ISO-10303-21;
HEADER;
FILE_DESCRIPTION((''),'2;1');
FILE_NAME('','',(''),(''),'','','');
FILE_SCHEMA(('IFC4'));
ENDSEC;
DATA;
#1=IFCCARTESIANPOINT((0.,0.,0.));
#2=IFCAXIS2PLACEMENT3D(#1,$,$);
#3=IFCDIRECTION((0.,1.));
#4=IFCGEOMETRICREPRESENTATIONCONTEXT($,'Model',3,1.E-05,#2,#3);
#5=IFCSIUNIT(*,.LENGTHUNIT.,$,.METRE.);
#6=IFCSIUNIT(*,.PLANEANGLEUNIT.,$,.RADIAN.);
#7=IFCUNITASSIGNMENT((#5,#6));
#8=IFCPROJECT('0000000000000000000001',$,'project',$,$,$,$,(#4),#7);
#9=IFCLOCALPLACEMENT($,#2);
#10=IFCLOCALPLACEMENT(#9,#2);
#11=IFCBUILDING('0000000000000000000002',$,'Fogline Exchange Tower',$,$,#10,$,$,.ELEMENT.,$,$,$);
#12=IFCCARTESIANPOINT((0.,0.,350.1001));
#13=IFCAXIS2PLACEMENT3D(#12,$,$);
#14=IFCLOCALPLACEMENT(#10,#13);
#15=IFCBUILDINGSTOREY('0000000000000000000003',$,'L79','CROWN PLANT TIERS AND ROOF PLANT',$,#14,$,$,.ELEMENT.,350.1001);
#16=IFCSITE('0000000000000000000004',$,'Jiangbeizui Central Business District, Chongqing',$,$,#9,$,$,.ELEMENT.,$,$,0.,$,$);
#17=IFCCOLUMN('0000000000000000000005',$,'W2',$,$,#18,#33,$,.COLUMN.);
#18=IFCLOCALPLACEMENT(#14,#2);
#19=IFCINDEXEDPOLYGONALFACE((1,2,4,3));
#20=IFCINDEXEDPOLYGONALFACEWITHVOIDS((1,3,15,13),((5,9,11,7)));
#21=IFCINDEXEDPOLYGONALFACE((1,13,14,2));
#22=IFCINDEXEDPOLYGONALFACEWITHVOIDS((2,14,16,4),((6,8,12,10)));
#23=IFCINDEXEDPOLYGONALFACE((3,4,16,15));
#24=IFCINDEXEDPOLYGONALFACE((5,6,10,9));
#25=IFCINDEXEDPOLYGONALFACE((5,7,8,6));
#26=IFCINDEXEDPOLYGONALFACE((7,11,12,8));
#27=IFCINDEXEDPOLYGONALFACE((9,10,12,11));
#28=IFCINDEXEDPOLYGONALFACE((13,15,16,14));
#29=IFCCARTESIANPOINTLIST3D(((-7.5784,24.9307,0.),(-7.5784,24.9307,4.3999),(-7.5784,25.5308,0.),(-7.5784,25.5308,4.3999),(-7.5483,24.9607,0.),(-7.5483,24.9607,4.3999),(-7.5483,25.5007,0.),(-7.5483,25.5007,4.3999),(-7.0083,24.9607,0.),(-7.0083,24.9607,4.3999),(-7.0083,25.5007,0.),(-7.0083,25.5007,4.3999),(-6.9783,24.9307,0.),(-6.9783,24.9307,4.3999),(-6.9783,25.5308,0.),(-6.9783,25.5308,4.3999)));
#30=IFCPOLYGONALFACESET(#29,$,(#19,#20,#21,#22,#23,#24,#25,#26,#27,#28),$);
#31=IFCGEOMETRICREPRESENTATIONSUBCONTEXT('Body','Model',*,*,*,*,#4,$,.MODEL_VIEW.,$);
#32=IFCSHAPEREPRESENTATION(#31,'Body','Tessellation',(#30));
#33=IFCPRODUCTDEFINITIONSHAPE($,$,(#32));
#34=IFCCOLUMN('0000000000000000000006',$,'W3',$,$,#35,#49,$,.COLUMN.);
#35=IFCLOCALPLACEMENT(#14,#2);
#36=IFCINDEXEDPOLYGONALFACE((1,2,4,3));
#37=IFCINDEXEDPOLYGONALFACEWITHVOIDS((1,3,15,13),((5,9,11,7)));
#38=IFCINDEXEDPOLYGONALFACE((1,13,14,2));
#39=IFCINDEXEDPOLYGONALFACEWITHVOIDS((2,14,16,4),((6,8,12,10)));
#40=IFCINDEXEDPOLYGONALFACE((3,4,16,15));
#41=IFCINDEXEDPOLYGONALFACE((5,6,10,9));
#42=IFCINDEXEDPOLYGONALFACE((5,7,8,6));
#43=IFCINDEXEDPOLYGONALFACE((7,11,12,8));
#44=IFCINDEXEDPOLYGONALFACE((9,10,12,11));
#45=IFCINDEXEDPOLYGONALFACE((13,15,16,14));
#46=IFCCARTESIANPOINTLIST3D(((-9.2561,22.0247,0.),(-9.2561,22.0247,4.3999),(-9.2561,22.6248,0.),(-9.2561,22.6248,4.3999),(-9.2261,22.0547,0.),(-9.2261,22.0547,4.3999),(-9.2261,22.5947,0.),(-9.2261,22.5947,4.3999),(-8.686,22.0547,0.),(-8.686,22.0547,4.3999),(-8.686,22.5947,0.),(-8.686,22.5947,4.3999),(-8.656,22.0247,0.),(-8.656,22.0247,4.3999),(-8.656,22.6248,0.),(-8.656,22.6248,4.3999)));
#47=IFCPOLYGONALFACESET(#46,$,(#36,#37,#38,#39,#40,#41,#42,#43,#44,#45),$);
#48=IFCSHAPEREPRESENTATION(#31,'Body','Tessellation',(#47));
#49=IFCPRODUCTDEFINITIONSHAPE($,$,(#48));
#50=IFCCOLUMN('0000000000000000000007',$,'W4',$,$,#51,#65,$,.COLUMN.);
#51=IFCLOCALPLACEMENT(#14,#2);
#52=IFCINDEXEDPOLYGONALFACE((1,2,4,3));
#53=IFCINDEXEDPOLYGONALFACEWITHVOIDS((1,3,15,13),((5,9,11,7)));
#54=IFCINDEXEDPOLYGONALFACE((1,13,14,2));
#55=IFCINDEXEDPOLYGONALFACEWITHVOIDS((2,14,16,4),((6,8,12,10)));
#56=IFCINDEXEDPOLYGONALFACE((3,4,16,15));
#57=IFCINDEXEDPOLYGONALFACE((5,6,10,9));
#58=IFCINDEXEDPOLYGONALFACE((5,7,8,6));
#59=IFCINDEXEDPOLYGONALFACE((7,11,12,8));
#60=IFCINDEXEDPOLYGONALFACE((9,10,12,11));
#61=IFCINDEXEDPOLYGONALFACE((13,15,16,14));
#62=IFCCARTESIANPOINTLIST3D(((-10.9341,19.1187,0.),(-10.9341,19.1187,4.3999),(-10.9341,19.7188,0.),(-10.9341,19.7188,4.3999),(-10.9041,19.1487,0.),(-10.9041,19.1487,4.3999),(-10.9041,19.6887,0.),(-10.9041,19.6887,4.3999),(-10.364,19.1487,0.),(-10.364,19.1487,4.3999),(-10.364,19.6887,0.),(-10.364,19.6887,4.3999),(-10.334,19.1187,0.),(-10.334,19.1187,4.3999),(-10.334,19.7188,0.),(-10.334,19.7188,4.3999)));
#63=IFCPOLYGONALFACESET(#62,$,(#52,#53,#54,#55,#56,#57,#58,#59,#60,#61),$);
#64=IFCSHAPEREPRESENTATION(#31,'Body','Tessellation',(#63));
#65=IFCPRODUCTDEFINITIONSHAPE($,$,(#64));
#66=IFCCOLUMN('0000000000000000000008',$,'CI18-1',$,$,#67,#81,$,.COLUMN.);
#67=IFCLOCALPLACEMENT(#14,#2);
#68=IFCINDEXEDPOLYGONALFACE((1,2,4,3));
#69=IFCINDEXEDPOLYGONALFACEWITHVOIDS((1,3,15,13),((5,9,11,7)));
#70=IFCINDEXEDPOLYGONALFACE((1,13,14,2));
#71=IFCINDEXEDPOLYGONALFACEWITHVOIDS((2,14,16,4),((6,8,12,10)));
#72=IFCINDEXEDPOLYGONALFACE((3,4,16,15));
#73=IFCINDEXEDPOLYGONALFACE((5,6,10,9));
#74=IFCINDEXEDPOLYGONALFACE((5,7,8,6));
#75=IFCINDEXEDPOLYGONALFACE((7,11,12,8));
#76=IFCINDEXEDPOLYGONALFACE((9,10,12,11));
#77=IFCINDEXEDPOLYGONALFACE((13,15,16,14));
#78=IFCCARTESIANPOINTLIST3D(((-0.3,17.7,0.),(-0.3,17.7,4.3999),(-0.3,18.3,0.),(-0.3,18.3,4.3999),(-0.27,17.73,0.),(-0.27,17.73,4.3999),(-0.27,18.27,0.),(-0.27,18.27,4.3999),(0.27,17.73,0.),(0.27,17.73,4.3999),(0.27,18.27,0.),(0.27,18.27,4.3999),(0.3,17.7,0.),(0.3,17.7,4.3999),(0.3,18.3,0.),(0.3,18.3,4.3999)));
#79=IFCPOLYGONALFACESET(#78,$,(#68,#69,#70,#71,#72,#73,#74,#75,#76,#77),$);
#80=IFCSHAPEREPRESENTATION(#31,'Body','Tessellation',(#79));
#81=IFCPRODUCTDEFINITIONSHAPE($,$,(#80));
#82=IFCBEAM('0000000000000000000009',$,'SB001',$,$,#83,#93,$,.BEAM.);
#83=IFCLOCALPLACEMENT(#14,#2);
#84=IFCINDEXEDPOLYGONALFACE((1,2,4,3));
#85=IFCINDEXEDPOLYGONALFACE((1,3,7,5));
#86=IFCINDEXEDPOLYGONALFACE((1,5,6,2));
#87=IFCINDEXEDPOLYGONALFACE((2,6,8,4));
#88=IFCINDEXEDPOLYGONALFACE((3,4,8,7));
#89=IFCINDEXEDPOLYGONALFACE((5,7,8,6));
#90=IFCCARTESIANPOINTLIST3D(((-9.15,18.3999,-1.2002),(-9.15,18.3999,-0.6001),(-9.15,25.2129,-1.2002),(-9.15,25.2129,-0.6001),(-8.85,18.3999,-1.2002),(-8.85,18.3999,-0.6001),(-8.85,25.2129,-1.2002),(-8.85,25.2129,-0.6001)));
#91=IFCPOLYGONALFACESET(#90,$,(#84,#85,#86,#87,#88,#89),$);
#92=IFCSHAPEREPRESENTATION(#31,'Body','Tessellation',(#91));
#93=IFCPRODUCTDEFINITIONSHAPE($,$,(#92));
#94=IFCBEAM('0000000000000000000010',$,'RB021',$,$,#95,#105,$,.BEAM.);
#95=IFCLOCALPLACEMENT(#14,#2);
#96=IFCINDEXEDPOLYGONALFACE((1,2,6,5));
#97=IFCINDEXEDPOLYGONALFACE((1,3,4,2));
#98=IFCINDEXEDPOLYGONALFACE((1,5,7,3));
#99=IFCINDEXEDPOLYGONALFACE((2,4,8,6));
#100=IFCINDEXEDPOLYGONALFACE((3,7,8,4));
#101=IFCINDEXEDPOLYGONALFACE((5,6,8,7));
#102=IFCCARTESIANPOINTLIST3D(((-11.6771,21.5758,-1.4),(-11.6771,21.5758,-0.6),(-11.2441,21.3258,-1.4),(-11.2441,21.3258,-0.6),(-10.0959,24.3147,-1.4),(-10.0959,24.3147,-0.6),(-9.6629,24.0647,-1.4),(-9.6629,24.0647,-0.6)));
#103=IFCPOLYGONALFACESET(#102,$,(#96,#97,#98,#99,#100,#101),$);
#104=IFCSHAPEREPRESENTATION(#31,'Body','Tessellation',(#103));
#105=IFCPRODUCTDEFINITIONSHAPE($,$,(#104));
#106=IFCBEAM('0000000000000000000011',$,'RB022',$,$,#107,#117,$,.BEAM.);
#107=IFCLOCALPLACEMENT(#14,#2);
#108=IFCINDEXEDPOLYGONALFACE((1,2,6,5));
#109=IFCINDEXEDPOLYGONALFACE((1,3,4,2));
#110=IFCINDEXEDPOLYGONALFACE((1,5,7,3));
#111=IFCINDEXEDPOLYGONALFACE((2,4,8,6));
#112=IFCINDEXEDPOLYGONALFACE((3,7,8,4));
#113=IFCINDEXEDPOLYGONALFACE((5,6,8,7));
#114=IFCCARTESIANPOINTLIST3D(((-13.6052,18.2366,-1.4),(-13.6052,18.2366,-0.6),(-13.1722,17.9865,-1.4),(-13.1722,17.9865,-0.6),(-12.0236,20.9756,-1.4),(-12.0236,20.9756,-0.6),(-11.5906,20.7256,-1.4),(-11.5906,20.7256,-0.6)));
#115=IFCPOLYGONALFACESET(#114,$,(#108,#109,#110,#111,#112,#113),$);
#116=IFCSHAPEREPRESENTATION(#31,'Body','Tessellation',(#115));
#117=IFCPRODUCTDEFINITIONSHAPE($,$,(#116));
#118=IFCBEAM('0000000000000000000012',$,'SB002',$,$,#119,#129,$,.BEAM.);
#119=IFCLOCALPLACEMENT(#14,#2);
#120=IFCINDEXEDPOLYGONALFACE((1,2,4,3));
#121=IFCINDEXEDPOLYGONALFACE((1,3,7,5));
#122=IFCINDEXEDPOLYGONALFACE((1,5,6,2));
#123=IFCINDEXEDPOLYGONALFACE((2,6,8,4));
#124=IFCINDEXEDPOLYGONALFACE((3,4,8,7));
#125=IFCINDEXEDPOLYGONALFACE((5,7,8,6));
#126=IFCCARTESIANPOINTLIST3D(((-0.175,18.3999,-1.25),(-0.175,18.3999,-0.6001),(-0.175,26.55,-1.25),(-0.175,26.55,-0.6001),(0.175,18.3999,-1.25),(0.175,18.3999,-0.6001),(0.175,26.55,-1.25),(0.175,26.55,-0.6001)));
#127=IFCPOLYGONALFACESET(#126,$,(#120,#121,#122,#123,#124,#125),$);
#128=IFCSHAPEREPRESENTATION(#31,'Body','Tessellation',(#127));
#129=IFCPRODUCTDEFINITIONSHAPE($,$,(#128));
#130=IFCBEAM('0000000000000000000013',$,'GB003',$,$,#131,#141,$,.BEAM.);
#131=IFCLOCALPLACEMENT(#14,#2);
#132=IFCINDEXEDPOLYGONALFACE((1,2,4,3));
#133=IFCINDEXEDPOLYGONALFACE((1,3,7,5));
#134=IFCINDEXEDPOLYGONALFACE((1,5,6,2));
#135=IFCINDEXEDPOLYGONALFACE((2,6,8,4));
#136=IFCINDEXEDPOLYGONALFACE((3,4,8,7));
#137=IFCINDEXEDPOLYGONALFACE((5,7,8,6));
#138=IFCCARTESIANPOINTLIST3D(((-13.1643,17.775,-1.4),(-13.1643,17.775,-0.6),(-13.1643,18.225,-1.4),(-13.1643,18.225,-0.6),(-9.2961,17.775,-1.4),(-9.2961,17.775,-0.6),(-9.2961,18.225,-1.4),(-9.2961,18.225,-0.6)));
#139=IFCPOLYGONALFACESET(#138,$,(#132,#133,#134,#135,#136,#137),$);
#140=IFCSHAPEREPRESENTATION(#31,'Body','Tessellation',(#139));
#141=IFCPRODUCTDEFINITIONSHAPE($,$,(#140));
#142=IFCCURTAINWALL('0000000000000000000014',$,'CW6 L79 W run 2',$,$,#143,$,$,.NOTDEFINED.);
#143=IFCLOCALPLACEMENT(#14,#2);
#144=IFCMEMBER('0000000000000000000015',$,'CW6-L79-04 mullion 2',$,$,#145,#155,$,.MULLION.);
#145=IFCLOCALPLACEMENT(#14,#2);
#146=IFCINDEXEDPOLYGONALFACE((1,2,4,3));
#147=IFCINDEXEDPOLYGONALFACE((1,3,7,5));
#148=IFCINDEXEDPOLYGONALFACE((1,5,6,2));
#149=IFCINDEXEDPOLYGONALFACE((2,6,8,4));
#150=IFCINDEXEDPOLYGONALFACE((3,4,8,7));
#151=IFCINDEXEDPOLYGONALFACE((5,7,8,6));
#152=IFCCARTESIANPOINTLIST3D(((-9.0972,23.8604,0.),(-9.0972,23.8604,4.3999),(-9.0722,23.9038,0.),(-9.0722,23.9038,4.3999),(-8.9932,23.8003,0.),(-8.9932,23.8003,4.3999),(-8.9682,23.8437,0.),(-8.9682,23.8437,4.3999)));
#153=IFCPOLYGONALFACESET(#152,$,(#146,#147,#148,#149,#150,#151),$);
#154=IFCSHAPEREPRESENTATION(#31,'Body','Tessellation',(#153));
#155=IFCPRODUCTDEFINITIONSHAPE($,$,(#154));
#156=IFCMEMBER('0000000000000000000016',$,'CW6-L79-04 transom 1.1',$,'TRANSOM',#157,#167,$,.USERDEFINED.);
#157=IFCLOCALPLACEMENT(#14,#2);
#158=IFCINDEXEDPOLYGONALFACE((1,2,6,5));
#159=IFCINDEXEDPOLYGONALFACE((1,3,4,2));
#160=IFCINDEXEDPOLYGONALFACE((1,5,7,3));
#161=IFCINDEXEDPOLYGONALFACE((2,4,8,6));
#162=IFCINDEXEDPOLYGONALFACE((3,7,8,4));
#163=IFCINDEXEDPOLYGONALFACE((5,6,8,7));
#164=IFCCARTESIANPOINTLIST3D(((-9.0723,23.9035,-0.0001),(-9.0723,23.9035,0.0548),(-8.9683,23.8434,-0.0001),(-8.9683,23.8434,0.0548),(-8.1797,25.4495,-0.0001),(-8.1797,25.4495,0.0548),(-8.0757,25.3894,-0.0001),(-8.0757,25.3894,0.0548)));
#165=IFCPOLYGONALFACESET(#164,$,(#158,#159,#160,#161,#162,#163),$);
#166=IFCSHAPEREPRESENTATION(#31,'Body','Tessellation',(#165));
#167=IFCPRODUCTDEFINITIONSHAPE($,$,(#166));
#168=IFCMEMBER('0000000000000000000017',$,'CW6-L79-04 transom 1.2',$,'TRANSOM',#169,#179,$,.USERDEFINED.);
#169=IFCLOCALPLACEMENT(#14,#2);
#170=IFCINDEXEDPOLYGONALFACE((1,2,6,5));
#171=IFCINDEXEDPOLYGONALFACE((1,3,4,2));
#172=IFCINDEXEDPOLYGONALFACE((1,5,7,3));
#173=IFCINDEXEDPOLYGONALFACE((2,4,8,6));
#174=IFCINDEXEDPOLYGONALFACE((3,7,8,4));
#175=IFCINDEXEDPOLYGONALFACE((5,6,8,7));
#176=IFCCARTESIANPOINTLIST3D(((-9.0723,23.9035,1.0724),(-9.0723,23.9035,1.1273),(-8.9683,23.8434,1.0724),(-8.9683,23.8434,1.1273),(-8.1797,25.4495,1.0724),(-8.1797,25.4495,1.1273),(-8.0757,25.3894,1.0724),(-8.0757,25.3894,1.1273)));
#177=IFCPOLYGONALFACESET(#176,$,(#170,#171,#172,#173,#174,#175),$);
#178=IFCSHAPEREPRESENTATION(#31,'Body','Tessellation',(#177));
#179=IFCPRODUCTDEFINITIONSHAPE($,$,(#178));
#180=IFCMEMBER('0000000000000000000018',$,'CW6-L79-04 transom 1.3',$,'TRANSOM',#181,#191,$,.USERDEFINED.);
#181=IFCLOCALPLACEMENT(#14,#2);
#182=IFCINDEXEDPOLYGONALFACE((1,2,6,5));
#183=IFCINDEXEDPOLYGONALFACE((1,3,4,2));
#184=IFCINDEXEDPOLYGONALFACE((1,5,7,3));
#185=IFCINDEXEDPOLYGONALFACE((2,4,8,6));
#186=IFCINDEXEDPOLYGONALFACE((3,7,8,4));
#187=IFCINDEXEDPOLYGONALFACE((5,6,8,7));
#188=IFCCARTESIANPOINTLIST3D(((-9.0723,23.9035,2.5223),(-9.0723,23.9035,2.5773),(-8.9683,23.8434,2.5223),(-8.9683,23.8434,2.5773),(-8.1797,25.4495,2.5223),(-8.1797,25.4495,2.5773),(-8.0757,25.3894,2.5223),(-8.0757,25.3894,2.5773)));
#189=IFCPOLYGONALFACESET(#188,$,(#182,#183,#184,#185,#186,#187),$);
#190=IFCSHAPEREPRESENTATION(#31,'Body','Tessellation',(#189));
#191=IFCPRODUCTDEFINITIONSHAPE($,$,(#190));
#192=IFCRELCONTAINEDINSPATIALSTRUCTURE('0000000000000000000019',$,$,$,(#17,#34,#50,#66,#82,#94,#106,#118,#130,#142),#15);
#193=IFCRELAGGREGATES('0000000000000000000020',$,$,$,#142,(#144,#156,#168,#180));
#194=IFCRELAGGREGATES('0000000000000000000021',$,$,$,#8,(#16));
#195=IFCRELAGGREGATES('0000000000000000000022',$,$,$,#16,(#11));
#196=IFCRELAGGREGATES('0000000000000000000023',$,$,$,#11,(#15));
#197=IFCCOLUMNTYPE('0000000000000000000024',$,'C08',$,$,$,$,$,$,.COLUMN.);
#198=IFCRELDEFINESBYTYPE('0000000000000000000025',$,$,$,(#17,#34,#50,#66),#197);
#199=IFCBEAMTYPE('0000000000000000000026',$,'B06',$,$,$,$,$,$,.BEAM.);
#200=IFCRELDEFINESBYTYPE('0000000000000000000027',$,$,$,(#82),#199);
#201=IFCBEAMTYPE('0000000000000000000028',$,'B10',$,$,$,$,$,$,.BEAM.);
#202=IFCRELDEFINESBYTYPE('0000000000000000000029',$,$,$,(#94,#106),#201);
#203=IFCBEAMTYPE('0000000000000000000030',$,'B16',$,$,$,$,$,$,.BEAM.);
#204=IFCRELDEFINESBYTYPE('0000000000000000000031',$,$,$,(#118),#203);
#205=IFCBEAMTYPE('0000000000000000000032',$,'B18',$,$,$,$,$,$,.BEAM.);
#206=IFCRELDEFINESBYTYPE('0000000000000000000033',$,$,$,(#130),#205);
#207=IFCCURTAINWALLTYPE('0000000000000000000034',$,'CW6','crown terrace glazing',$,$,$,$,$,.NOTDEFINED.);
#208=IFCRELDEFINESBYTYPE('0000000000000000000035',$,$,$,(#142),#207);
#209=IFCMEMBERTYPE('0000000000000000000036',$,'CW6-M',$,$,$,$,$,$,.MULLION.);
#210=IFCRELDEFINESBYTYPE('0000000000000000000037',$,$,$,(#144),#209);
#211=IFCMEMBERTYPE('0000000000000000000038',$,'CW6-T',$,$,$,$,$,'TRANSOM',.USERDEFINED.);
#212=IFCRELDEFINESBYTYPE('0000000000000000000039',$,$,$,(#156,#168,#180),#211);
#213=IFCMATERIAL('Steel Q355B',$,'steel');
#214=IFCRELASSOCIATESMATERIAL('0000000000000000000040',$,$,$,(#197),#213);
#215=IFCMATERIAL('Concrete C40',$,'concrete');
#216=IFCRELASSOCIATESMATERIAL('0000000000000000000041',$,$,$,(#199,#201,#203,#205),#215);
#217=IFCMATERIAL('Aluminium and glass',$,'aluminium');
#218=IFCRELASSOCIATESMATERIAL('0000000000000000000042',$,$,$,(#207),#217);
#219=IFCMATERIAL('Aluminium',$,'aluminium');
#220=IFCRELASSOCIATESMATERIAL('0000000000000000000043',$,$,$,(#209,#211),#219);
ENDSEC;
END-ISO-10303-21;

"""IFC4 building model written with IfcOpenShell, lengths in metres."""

from ifc_helpers import new_model, si_unit, direction, frame, origin, origin_2d, place, context, subcontext, project, spatial, rectangle, hollow_rectangle, extrude, material, material_profile, profile_set, type_object, element, aggregate, save


model = new_model("IFC4")

# Units and contexts
model_context = context("Model", 3, precision=1e-05, world=origin(), true_north=direction((0.0, 1.0)))
body_context = subcontext(model_context, "Body", "Model", "MODEL_VIEW")
ifc_project = project(units=[si_unit("LENGTHUNIT", "METRE"), si_unit("PLANEANGLEUNIT", "RADIAN")], contexts=[model_context])

# Site, building, storey
site_placement = place(None, origin())
site = spatial("IfcSite", under=ifc_project, at=site_placement, Name="Jiangbeizui Central Business District, Chongqing", CompositionType="ELEMENT", RefElevation=0.0)
building_placement = place(site_placement, origin())
building = spatial("IfcBuilding", under=site, at=building_placement, Name="Fogline Exchange Tower", CompositionType="ELEMENT")
storey_placement = place(building_placement, frame((0.0, 0.0, 350.1001)))
storey = spatial("IfcBuildingStorey", under=building, at=storey_placement, Name="L79", Description="CROWN PLANT TIERS AND ROOF PLANT", CompositionType="ELEMENT", Elevation=350.1001)

# Columns
ifc_material_1 = material(Name="Steel Q355B", Category="steel")
ifc_material_profile_1 = material_profile(ifc_material_1, hollow_rectangle(XDim=0.6001, YDim=0.6001, WallThickness=0.03, at=origin_2d()), Name="BOX600X600X30")
ifc_profile_set_1 = profile_set([ifc_material_profile_1], Name="Steel Q355B")
column_type = type_object("IfcColumnType", Name="C08", PredefinedType="COLUMN", material=ifc_profile_set_1)
for number, where, z_axis, x_axis, name in (
    (1, (-7.2783, 25.2307, 0.0), (0.0, 0.0, 1.0), (1.0, 0.0, 0.0), "W2"),
    (2, (-8.9561, 22.3247, 0.0), (0.0, 0.0, 1.0), (1.0, 0.0, 0.0), "W3"),
    (3, (-10.634, 19.4187, 0.0), (0.0, 0.0, 1.0), (1.0, 0.0, 0.0), "W4"),
    (4, (0.0, 18.0, 0.0), (0.0, 0.0, 1.0), (1.0, 0.0, 0.0), "CI18-1"),
):
    element("IfcColumn", number, at=place(storey_placement, frame(where, z_axis=z_axis, x_axis=x_axis)), inside=storey, type_object=column_type, Name=name, PredefinedType="COLUMN", context=body_context, shape_type="SweptSolid", body=[
        extrude(hollow_rectangle(XDim=0.6001, YDim=0.6001, WallThickness=0.03, at=origin_2d()), origin(), (0.0, 0.0, 1.0), 4.3999),
    ])

# Beams
ifc_material_2 = material(Name="Concrete C40", Category="concrete")
ifc_material_profile_2 = material_profile(ifc_material_2, rectangle(XDim=0.3, YDim=0.6001, at=origin_2d()), Name="RC 300x600")
ifc_profile_set_2 = profile_set([ifc_material_profile_2], Name="Concrete C40")
beam_type_1 = type_object("IfcBeamType", Name="B06", PredefinedType="BEAM", material=ifc_profile_set_2)
beam_1_placement = place(storey_placement, frame((-9.0, 18.3999, -0.9001), z_axis=(0.0, 1.0, 0.0), x_axis=(-1.0, 0.0, 0.0)))
element("IfcBeam", 5, at=beam_1_placement, inside=storey, type_object=beam_type_1, Name="SB001", PredefinedType="BEAM", context=body_context, shape_type="SweptSolid", body=[
    extrude(rectangle(XDim=0.3, YDim=0.6001, at=origin_2d()), origin(), (0.0, 0.0, 1.0), 6.813),
])
ifc_material_profile_3 = material_profile(ifc_material_2, rectangle(XDim=0.5, YDim=0.8, at=origin_2d()), Name="RC 500x800")
ifc_profile_set_3 = profile_set([ifc_material_profile_3], Name="Concrete C40")
beam_type_2 = type_object("IfcBeamType", Name="B10", PredefinedType="BEAM", material=ifc_profile_set_3)
beam_2_placement = place(storey_placement, frame((-9.8794, 24.1897, -1.0), z_axis=(-0.499983, -0.866035, 0.0), x_axis=(0.866035, -0.499983, 0.0)))
element("IfcBeam", 6, at=beam_2_placement, inside=storey, type_object=beam_type_2, Name="RB021", PredefinedType="BEAM", context=body_context, shape_type="SweptSolid", body=[
    extrude(rectangle(XDim=0.5, YDim=0.8, at=origin_2d()), origin(), (0.0, 0.0, 1.0), 3.1626),
])
beam_3_placement = place(storey_placement, frame((-11.8071, 20.8506, -1.0), z_axis=(-0.500041, -0.866002, 0.0), x_axis=(0.866002, -0.500041, 0.0)))
element("IfcBeam", 7, at=beam_3_placement, inside=storey, type_object=beam_type_2, Name="RB022", PredefinedType="BEAM", context=body_context, shape_type="SweptSolid", body=[
    extrude(rectangle(XDim=0.5, YDim=0.8, at=origin_2d()), origin(), (0.0, 0.0, 1.0), 3.1628),
])
ifc_material_profile_4 = material_profile(ifc_material_2, rectangle(XDim=0.3501, YDim=0.6499, at=origin_2d()), Name="RC 350x650")
ifc_profile_set_4 = profile_set([ifc_material_profile_4], Name="Concrete C40")
beam_type_3 = type_object("IfcBeamType", Name="B16", PredefinedType="BEAM", material=ifc_profile_set_4)
beam_4_placement = place(storey_placement, frame((0.0, 18.3999, -0.925), z_axis=(0.0, 1.0, 0.0), x_axis=(-1.0, 0.0, 0.0)))
element("IfcBeam", 8, at=beam_4_placement, inside=storey, type_object=beam_type_3, Name="SB002", PredefinedType="BEAM", context=body_context, shape_type="SweptSolid", body=[
    extrude(rectangle(XDim=0.3501, YDim=0.6499, at=origin_2d()), origin(), (0.0, 0.0, 1.0), 8.1501),
])
ifc_material_profile_5 = material_profile(ifc_material_2, rectangle(XDim=0.45, YDim=0.8, at=origin_2d()), Name="RC 450x800")
ifc_profile_set_5 = profile_set([ifc_material_profile_5], Name="Concrete C40")
beam_type_4 = type_object("IfcBeamType", Name="B18", PredefinedType="BEAM", material=ifc_profile_set_5)
beam_5_placement = place(storey_placement, frame((-13.1643, 18.0, -1.0), z_axis=(1.0, 0.0, 0.0), x_axis=(0.0, 1.0, 0.0)))
element("IfcBeam", 9, at=beam_5_placement, inside=storey, type_object=beam_type_4, Name="GB003", PredefinedType="BEAM", context=body_context, shape_type="SweptSolid", body=[
    extrude(rectangle(XDim=0.45, YDim=0.8, at=origin_2d()), origin(), (0.0, 0.0, 1.0), 3.8682),
])

# Curtain wall, members
ifc_material_3 = material(Name="Aluminium and glass", Category="aluminium")
curtain_wall_type = type_object("IfcCurtainWallType", Name="CW6", Description="crown terrace glazing", PredefinedType="NOTDEFINED", material=ifc_material_3)
curtain_wall_placement = place(storey_placement, origin())
curtain_wall = element("IfcCurtainWall", 10, at=curtain_wall_placement, inside=storey, type_object=curtain_wall_type, Name="CW6 L79 W run 2", PredefinedType="NOTDEFINED")
ifc_material_4 = material(Name="Aluminium", Category="aluminium")
ifc_material_profile_6 = material_profile(ifc_material_4, rectangle(XDim=0.1201, YDim=0.05, at=origin_2d()), Name="Mullion 50x120")
ifc_profile_set_6 = profile_set([ifc_material_profile_6], Name="Aluminium")
member_type_1 = type_object("IfcMemberType", Name="CW6-M", PredefinedType="MULLION", material=ifc_profile_set_6)
member_1_placement = place(storey_placement, frame((-9.0327, 23.8521, 0.0), z_axis=(0.0, 0.0, 1.0), x_axis=(0.866026, -0.5, 0.0)))
member_1 = element("IfcMember", 11, at=member_1_placement, type_object=member_type_1, Name="CW6-L79-04 mullion 2", PredefinedType="MULLION", context=body_context, shape_type="SweptSolid", body=[
    extrude(rectangle(XDim=0.1201, YDim=0.05, at=origin_2d()), origin(), (0.0, 0.0, 1.0), 4.3999),
])
ifc_material_profile_7 = material_profile(ifc_material_4, rectangle(XDim=0.1201, YDim=0.0549, at=origin_2d()), Name="Transom 55x120")
ifc_profile_set_7 = profile_set([ifc_material_profile_7], Name="Aluminium")
member_type_2 = type_object("IfcMemberType", Name="CW6-T", ElementType="TRANSOM", PredefinedType="USERDEFINED", material=ifc_profile_set_7)
member_2_placement = place(storey_placement, frame((-8.1277, 25.4194, 0.0273), z_axis=(-0.500022, -0.866012, 0.0), x_axis=(0.866012, -0.500022, 0.0)))
member_2 = element("IfcMember", 12, at=member_2_placement, type_object=member_type_2, Name="CW6-L79-04 transom 1.1", ObjectType="TRANSOM", PredefinedType="USERDEFINED", context=body_context, shape_type="SweptSolid", body=[
    extrude(rectangle(XDim=0.1201, YDim=0.0549, at=origin_2d()), origin(), (0.0, 0.0, 1.0), 1.7852),
])
member_3_placement = place(storey_placement, frame((-8.1277, 25.4194, 1.0999), z_axis=(-0.500022, -0.866012, 0.0), x_axis=(0.866012, -0.500022, 0.0)))
member_3 = element("IfcMember", 13, at=member_3_placement, type_object=member_type_2, Name="CW6-L79-04 transom 1.2", ObjectType="TRANSOM", PredefinedType="USERDEFINED", context=body_context, shape_type="SweptSolid", body=[
    extrude(rectangle(XDim=0.1201, YDim=0.0549, at=origin_2d()), origin(), (0.0, 0.0, 1.0), 1.7852),
])
member_4_placement = place(storey_placement, frame((-8.1277, 25.4194, 2.5498), z_axis=(-0.500022, -0.866012, 0.0), x_axis=(0.866012, -0.500022, 0.0)))
member_4 = element("IfcMember", 14, at=member_4_placement, type_object=member_type_2, Name="CW6-L79-04 transom 1.3", ObjectType="TRANSOM", PredefinedType="USERDEFINED", context=body_context, shape_type="SweptSolid", body=[
    extrude(rectangle(XDim=0.1201, YDim=0.0549, at=origin_2d()), origin(), (0.0, 0.0, 1.0), 1.7852),
])
aggregate(curtain_wall, [member_1, member_2, member_3, member_4])

save(model, "model.ifc")
